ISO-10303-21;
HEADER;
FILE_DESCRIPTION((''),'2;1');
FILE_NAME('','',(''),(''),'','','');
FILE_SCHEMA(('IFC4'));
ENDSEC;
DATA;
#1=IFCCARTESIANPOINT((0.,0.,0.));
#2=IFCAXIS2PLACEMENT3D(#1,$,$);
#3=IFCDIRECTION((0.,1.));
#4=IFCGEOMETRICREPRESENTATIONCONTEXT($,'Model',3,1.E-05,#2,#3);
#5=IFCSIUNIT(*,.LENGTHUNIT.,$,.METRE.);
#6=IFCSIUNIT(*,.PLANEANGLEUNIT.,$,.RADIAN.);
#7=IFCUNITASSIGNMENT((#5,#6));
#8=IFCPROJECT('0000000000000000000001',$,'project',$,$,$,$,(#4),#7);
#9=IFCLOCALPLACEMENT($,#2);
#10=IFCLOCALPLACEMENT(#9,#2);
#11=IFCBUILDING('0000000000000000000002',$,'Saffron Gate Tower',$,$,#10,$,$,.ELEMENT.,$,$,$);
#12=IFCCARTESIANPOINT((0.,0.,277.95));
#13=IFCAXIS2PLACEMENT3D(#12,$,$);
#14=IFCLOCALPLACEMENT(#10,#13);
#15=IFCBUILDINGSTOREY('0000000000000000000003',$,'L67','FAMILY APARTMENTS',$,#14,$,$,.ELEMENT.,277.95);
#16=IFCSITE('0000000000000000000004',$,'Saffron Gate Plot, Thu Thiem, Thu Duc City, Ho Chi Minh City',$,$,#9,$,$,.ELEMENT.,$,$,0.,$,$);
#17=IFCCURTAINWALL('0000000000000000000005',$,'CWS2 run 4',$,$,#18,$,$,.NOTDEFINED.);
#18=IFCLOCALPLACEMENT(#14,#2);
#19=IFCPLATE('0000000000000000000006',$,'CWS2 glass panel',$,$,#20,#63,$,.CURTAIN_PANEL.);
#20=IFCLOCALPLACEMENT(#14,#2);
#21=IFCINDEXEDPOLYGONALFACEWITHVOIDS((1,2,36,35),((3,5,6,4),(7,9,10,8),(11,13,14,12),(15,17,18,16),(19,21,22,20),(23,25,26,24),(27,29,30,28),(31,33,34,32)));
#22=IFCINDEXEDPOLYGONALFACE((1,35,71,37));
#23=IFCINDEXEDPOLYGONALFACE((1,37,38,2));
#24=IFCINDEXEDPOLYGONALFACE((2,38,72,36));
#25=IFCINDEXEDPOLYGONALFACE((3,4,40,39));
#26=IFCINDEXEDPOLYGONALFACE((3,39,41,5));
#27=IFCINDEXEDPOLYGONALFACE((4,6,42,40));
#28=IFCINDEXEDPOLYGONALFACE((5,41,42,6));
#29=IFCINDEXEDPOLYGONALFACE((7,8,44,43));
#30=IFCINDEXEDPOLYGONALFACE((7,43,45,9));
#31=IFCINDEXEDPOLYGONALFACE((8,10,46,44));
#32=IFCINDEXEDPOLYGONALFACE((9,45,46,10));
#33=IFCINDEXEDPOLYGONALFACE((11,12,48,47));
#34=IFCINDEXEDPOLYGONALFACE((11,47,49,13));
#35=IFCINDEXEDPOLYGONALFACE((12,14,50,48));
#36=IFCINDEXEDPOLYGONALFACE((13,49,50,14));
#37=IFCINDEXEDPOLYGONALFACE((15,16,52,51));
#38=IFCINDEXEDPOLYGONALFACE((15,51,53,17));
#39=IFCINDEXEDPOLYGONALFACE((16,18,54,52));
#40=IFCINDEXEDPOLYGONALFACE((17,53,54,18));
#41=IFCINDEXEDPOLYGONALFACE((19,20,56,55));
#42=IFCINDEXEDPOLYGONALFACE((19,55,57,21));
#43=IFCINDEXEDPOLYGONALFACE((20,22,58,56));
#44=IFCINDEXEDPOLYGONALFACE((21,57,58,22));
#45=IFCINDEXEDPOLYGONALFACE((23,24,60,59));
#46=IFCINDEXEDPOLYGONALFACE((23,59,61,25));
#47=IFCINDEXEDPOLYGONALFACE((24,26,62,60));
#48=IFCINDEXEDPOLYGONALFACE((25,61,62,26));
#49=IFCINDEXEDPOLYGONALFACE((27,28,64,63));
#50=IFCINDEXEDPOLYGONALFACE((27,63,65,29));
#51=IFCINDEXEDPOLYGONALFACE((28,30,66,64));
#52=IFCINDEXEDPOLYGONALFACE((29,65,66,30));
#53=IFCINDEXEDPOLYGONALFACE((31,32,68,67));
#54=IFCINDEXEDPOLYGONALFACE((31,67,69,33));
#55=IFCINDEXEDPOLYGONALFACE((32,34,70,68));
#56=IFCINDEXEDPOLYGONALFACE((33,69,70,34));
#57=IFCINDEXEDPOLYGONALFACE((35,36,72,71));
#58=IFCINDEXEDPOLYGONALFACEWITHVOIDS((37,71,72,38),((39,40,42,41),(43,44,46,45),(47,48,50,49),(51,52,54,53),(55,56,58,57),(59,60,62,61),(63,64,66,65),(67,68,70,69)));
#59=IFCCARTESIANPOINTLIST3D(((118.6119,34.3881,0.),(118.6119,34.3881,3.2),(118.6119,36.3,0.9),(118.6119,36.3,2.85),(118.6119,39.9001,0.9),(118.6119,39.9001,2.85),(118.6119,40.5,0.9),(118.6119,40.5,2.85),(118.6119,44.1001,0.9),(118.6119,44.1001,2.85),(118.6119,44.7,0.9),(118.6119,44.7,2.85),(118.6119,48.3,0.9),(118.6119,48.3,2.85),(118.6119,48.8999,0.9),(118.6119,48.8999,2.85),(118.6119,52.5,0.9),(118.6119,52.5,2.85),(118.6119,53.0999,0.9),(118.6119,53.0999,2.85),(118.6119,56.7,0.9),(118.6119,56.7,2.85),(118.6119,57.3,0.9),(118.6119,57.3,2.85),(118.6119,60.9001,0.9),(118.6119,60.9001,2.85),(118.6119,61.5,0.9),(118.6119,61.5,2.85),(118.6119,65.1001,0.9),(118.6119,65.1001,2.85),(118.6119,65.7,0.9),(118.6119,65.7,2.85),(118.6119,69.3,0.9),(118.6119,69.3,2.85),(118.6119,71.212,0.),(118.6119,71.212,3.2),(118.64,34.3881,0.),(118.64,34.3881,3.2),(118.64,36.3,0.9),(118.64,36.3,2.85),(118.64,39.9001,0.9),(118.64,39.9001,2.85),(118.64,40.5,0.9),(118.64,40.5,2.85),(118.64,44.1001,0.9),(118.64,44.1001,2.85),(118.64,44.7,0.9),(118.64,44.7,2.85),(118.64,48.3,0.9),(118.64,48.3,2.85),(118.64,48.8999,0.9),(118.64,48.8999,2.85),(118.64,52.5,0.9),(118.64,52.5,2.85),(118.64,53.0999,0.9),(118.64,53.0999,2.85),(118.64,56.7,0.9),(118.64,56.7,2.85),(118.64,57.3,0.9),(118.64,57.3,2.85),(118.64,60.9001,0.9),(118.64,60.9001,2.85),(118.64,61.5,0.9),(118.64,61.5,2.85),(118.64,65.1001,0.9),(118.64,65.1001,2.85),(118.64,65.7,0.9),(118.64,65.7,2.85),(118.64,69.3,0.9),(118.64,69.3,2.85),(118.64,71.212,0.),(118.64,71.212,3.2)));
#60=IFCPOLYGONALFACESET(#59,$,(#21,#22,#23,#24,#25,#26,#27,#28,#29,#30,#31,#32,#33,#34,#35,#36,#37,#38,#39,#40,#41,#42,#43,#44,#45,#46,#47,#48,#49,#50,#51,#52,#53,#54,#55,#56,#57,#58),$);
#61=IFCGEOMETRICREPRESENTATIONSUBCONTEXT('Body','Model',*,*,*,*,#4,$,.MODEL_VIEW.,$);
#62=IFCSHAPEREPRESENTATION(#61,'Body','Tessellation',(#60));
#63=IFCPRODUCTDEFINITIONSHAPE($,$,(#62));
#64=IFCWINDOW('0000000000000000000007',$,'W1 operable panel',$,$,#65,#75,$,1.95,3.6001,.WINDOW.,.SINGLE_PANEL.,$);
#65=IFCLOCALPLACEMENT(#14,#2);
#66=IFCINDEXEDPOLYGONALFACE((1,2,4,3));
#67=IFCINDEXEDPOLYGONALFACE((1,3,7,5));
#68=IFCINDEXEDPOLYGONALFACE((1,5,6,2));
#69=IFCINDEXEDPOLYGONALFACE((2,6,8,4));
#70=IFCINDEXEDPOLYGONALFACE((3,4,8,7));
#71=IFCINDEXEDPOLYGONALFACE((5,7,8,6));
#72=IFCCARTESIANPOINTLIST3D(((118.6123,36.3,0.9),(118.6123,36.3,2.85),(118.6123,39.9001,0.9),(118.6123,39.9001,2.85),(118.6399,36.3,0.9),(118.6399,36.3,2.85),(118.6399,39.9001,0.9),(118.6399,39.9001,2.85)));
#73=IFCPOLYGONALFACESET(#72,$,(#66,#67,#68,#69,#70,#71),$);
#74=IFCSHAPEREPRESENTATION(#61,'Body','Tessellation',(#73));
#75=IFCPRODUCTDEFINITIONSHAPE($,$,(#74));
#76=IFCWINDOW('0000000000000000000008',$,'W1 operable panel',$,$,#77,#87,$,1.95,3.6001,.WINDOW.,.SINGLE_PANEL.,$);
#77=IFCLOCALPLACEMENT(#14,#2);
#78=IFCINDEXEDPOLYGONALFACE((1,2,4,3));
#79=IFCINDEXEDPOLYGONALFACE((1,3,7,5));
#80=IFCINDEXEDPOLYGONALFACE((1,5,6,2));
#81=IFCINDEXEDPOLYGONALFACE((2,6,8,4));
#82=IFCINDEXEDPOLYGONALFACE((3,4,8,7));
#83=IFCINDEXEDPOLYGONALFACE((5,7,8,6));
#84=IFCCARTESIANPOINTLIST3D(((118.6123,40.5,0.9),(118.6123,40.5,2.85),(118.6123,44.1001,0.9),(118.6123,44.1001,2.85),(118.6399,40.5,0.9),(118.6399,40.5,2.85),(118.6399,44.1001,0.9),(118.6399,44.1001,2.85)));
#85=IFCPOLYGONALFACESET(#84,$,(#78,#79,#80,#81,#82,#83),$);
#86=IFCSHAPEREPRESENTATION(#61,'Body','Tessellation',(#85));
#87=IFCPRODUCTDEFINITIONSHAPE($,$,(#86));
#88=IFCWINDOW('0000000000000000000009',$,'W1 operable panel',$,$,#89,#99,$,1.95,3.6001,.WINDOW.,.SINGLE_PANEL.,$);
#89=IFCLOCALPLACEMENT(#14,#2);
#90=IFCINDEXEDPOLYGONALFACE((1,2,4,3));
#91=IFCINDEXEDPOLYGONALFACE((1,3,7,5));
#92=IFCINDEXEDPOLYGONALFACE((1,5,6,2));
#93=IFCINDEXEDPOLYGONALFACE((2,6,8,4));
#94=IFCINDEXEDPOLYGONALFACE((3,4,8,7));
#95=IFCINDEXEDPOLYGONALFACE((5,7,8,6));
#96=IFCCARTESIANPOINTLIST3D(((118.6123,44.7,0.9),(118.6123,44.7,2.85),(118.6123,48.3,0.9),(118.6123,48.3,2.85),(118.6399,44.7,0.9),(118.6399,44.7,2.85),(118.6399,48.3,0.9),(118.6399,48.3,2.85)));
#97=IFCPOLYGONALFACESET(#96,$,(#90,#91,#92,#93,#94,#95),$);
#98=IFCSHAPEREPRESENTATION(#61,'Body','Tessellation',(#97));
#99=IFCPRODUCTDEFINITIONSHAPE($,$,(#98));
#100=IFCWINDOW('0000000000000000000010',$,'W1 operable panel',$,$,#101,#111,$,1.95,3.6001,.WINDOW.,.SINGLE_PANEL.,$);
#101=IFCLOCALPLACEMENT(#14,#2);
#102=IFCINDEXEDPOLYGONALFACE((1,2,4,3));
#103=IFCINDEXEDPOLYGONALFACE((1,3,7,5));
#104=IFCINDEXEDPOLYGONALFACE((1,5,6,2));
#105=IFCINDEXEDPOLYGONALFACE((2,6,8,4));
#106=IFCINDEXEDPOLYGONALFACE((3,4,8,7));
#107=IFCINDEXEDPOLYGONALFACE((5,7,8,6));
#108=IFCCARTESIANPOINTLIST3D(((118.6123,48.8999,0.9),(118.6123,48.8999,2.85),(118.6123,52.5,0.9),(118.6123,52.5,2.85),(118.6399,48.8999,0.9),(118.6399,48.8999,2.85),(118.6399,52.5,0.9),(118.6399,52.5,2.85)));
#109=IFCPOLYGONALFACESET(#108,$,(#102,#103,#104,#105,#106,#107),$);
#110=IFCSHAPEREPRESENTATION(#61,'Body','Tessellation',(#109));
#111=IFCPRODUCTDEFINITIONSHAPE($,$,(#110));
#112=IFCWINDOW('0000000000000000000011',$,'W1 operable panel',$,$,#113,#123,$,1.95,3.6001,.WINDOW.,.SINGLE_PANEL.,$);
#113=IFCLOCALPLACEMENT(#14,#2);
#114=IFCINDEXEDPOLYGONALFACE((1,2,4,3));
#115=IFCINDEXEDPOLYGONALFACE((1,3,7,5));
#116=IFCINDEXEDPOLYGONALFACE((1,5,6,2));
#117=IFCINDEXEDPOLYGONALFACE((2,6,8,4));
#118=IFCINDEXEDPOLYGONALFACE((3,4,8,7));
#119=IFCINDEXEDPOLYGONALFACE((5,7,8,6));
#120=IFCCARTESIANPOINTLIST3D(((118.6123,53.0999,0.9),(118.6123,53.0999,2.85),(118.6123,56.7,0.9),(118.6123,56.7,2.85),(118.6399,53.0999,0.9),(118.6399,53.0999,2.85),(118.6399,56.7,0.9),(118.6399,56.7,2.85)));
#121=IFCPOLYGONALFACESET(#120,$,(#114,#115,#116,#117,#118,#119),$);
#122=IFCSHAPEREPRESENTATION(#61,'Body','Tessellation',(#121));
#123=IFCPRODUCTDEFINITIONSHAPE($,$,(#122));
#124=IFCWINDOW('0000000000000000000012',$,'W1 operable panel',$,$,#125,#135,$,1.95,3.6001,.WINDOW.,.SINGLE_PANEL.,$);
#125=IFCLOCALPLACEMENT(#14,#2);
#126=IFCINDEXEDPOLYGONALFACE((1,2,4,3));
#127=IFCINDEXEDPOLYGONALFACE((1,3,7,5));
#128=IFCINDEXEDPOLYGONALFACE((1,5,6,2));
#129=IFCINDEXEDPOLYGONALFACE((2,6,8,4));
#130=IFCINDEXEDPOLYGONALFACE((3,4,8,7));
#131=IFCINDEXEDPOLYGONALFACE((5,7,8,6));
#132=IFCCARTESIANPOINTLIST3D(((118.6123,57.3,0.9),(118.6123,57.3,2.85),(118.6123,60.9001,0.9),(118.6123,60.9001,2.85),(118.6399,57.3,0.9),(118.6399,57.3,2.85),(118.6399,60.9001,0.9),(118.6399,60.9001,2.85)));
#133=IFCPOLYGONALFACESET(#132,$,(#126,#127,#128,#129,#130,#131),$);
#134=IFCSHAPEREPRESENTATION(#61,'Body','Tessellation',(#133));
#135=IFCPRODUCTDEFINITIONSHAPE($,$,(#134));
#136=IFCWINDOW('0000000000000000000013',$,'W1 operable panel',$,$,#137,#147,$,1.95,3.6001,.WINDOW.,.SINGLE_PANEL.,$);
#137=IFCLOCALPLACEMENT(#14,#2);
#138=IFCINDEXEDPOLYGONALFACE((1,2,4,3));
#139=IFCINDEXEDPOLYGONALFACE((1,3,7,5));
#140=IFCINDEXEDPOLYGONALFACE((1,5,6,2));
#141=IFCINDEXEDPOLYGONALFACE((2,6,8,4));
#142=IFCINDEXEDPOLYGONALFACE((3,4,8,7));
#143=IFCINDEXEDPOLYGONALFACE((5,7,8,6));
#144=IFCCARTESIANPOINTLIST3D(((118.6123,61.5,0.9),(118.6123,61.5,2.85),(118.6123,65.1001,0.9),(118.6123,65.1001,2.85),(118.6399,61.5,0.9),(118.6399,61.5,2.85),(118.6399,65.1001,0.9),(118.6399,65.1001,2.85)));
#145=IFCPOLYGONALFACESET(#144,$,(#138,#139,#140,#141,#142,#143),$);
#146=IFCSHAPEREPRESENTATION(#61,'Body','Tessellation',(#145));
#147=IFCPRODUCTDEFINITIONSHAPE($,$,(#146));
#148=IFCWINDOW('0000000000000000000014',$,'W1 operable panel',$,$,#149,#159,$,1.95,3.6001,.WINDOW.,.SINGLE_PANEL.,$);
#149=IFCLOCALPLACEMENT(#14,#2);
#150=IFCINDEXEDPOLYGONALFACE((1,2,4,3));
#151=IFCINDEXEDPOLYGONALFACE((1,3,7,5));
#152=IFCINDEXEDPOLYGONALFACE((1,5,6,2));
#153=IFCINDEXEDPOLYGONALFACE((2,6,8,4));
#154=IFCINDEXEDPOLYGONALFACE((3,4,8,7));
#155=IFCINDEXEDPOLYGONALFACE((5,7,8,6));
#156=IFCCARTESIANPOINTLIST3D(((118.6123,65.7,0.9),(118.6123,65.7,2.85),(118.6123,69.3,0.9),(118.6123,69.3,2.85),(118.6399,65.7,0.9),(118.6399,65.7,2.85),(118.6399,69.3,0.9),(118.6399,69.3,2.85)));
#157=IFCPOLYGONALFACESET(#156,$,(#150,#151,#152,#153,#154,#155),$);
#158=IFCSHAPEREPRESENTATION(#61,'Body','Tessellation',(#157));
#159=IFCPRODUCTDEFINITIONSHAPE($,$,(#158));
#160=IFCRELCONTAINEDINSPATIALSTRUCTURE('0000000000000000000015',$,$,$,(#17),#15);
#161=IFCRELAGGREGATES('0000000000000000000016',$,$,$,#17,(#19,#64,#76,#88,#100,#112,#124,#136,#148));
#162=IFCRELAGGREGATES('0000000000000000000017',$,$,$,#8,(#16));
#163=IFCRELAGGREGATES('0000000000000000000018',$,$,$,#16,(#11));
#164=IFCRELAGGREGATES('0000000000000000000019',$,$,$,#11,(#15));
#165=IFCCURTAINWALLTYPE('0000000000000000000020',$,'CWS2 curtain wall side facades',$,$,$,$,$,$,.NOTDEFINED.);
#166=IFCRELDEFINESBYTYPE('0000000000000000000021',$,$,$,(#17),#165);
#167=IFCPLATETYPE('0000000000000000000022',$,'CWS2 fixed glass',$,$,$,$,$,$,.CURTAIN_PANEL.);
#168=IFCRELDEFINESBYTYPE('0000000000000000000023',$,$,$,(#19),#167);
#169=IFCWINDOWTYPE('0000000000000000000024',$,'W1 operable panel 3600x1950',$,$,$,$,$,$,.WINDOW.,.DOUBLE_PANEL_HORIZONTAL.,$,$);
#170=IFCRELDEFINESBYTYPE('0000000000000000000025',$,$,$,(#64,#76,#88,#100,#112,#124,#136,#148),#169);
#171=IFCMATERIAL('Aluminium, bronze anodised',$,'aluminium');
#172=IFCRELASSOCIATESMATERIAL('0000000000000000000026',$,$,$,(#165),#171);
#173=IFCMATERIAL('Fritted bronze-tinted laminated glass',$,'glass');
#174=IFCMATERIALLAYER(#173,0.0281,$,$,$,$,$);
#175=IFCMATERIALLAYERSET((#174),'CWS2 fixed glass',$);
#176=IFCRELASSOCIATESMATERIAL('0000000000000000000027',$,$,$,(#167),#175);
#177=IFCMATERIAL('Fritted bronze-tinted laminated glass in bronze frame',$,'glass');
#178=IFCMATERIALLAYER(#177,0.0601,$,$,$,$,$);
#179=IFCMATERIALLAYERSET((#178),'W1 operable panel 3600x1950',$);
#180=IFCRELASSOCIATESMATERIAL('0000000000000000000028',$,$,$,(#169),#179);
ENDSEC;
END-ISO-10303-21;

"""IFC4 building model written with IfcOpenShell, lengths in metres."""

from ifc_helpers import new_model, si_unit, direction, frame, frame_2d, origin, place, context, subcontext, project, spatial, rectangle, extrude, material, layer, layer_set, type_object, element, fill, aggregate, save


model = new_model("IFC4")

# Units and contexts
model_context = context("Model", 3, precision=1e-05, world=origin(), true_north=direction((0.0, 1.0)))
body_context = subcontext(model_context, "Body", "Model", "MODEL_VIEW")
ifc_project = project(units=[si_unit("LENGTHUNIT", "METRE"), si_unit("PLANEANGLEUNIT", "RADIAN")], contexts=[model_context])

# Site, building, storey
site_placement = place(None, origin())
site = spatial("IfcSite", under=ifc_project, at=site_placement, Name="Saffron Gate Plot, Thu Thiem, Thu Duc City, Ho Chi Minh City", CompositionType="ELEMENT", RefElevation=0.0)
building_placement = place(site_placement, origin())
building = spatial("IfcBuilding", under=site, at=building_placement, Name="Saffron Gate Tower", CompositionType="ELEMENT")
storey_placement = place(building_placement, frame((0.0, 0.0, 277.95)))
storey = spatial("IfcBuildingStorey", under=building, at=storey_placement, Name="L67", Description="FAMILY APARTMENTS", CompositionType="ELEMENT", Elevation=277.95)

# Curtain wall, plate, openings, windows
ifc_material_1 = material(Name="Aluminium, bronze anodised", Category="aluminium")
curtain_wall_type = type_object("IfcCurtainWallType", Name="CWS2 curtain wall side facades", PredefinedType="NOTDEFINED", material=ifc_material_1)
curtain_wall_placement = place(storey_placement, origin())
curtain_wall = element("IfcCurtainWall", 1, at=curtain_wall_placement, inside=storey, type_object=curtain_wall_type, Name="CWS2 run 4", PredefinedType="NOTDEFINED")
ifc_material_2 = material(Name="Fritted bronze-tinted laminated glass", Category="glass")
ifc_layer_1 = layer(ifc_material_2, 0.0281)
ifc_layer_set_1 = layer_set([ifc_layer_1], Name="CWS2 fixed glass")
plate_type = type_object("IfcPlateType", Name="CWS2 fixed glass", PredefinedType="CURTAIN_PANEL", material=ifc_layer_set_1)
plate_placement = place(storey_placement, frame((118.626, 34.3879, 0.0), z_axis=(0.0, 0.0, 1.0), x_axis=(0.0, 1.0, 0.0)))
plate = element("IfcPlate", 2, at=plate_placement, type_object=plate_type, Name="CWS2 glass panel", PredefinedType="CURTAIN_PANEL", context=body_context, shape_type="SweptSolid", body=[
    extrude(rectangle(XDim=36.824, YDim=0.0281, at=frame_2d((18.4121, 0.0))), origin(), (0.0, 0.0, 1.0), 3.2),
])
opening_1_placement = place(plate_placement, frame((1.9121, 0.0, 0.8999)))
opening_1 = element("IfcOpeningElement", 3, at=opening_1_placement, cuts=plate, PredefinedType="OPENING", context=body_context, shape_type="SweptSolid", body=[
    extrude(rectangle(XDim=3.6001, YDim=1.95, at=frame_2d((1.8, 0.9751))), frame((0.0, 0.0239, 0.0), z_axis=(0.0, -1.0, 0.0), x_axis=(1.0, 0.0, 0.0)), (0.0, 0.0, 1.0), 0.0481),
])
opening_2_placement = place(plate_placement, frame((6.1121, 0.0, 0.8999)))
opening_2 = element("IfcOpeningElement", 4, at=opening_2_placement, cuts=plate, PredefinedType="OPENING", context=body_context, shape_type="SweptSolid", body=[
    extrude(rectangle(XDim=3.6001, YDim=1.95, at=frame_2d((1.8, 0.9751))), frame((0.0, 0.0239, 0.0), z_axis=(0.0, -1.0, 0.0), x_axis=(1.0, 0.0, 0.0)), (0.0, 0.0, 1.0), 0.0481),
])
opening_3_placement = place(plate_placement, frame((10.312, 0.0, 0.8999)))
opening_3 = element("IfcOpeningElement", 5, at=opening_3_placement, cuts=plate, PredefinedType="OPENING", context=body_context, shape_type="SweptSolid", body=[
    extrude(rectangle(XDim=3.6001, YDim=1.95, at=frame_2d((1.8, 0.9751))), frame((0.0, 0.0239, 0.0), z_axis=(0.0, -1.0, 0.0), x_axis=(1.0, 0.0, 0.0)), (0.0, 0.0, 1.0), 0.0481),
])
opening_4_placement = place(plate_placement, frame((14.512, 0.0, 0.8999)))
opening_4 = element("IfcOpeningElement", 6, at=opening_4_placement, cuts=plate, PredefinedType="OPENING", context=body_context, shape_type="SweptSolid", body=[
    extrude(rectangle(XDim=3.6001, YDim=1.95, at=frame_2d((1.8, 0.9751))), frame((0.0, 0.0239, 0.0), z_axis=(0.0, -1.0, 0.0), x_axis=(1.0, 0.0, 0.0)), (0.0, 0.0, 1.0), 0.0481),
])
opening_5_placement = place(plate_placement, frame((18.7119, 0.0, 0.8999)))
opening_5 = element("IfcOpeningElement", 7, at=opening_5_placement, cuts=plate, PredefinedType="OPENING", context=body_context, shape_type="SweptSolid", body=[
    extrude(rectangle(XDim=3.6001, YDim=1.95, at=frame_2d((1.8, 0.9751))), frame((0.0, 0.0239, 0.0), z_axis=(0.0, -1.0, 0.0), x_axis=(1.0, 0.0, 0.0)), (0.0, 0.0, 1.0), 0.0481),
])
opening_6_placement = place(plate_placement, frame((22.9121, 0.0, 0.8999)))
opening_6 = element("IfcOpeningElement", 8, at=opening_6_placement, cuts=plate, PredefinedType="OPENING", context=body_context, shape_type="SweptSolid", body=[
    extrude(rectangle(XDim=3.6001, YDim=1.95, at=frame_2d((1.8, 0.9751))), frame((0.0, 0.0239, 0.0), z_axis=(0.0, -1.0, 0.0), x_axis=(1.0, 0.0, 0.0)), (0.0, 0.0, 1.0), 0.0481),
])
opening_7_placement = place(plate_placement, frame((27.1121, 0.0, 0.8999)))
opening_7 = element("IfcOpeningElement", 9, at=opening_7_placement, cuts=plate, PredefinedType="OPENING", context=body_context, shape_type="SweptSolid", body=[
    extrude(rectangle(XDim=3.6001, YDim=1.95, at=frame_2d((1.8, 0.9751))), frame((0.0, 0.0239, 0.0), z_axis=(0.0, -1.0, 0.0), x_axis=(1.0, 0.0, 0.0)), (0.0, 0.0, 1.0), 0.0481),
])
opening_8_placement = place(plate_placement, frame((31.312, 0.0, 0.8999)))
opening_8 = element("IfcOpeningElement", 10, at=opening_8_placement, cuts=plate, PredefinedType="OPENING", context=body_context, shape_type="SweptSolid", body=[
    extrude(rectangle(XDim=3.6001, YDim=1.95, at=frame_2d((1.8, 0.9751))), frame((0.0, 0.0239, 0.0), z_axis=(0.0, -1.0, 0.0), x_axis=(1.0, 0.0, 0.0)), (0.0, 0.0, 1.0), 0.0481),
])
ifc_material_3 = material(Name="Fritted bronze-tinted laminated glass in bronze frame", Category="glass")
ifc_layer_2 = layer(ifc_material_3, 0.0601)
ifc_layer_set_2 = layer_set([ifc_layer_2], Name="W1 operable panel 3600x1950")
window_type = type_object("IfcWindowType", Name="W1 operable panel 3600x1950", PartitioningType="DOUBLE_PANEL_HORIZONTAL", PredefinedType="WINDOW", material=ifc_layer_set_2)
window_1_placement = place(opening_1_placement, origin())
window_1 = element("IfcWindow", 11, at=window_1_placement, type_object=window_type, Name="W1 operable panel", OverallHeight=1.95, OverallWidth=3.6001, PartitioningType="SINGLE_PANEL", PredefinedType="WINDOW", context=body_context, shape_type="SweptSolid", body=[
    extrude(rectangle(XDim=3.6001, YDim=1.95, at=frame_2d((1.8, 0.9751))), frame((0.0, 0.0137, 0.0), z_axis=(0.0, -1.0, 0.0), x_axis=(1.0, 0.0, 0.0)), (0.0, 0.0, 1.0), 0.0276),
])
fill(opening_1, window_1)
window_2_placement = place(opening_2_placement, origin())
window_2 = element("IfcWindow", 12, at=window_2_placement, type_object=window_type, Name="W1 operable panel", OverallHeight=1.95, OverallWidth=3.6001, PartitioningType="SINGLE_PANEL", PredefinedType="WINDOW", context=body_context, shape_type="SweptSolid", body=[
    extrude(rectangle(XDim=3.6001, YDim=1.95, at=frame_2d((1.8, 0.9751))), frame((0.0, 0.0137, 0.0), z_axis=(0.0, -1.0, 0.0), x_axis=(1.0, 0.0, 0.0)), (0.0, 0.0, 1.0), 0.0276),
])
fill(opening_2, window_2)
window_3_placement = place(opening_3_placement, origin())
window_3 = element("IfcWindow", 13, at=window_3_placement, type_object=window_type, Name="W1 operable panel", OverallHeight=1.95, OverallWidth=3.6001, PartitioningType="SINGLE_PANEL", PredefinedType="WINDOW", context=body_context, shape_type="SweptSolid", body=[
    extrude(rectangle(XDim=3.6001, YDim=1.95, at=frame_2d((1.8, 0.9751))), frame((0.0, 0.0137, 0.0), z_axis=(0.0, -1.0, 0.0), x_axis=(1.0, 0.0, 0.0)), (0.0, 0.0, 1.0), 0.0276),
])
fill(opening_3, window_3)
window_4_placement = place(opening_4_placement, origin())
window_4 = element("IfcWindow", 14, at=window_4_placement, type_object=window_type, Name="W1 operable panel", OverallHeight=1.95, OverallWidth=3.6001, PartitioningType="SINGLE_PANEL", PredefinedType="WINDOW", context=body_context, shape_type="SweptSolid", body=[
    extrude(rectangle(XDim=3.6001, YDim=1.95, at=frame_2d((1.8, 0.9751))), frame((0.0, 0.0137, 0.0), z_axis=(0.0, -1.0, 0.0), x_axis=(1.0, 0.0, 0.0)), (0.0, 0.0, 1.0), 0.0276),
])
fill(opening_4, window_4)
window_5_placement = place(opening_5_placement, origin())
window_5 = element("IfcWindow", 15, at=window_5_placement, type_object=window_type, Name="W1 operable panel", OverallHeight=1.95, OverallWidth=3.6001, PartitioningType="SINGLE_PANEL", PredefinedType="WINDOW", context=body_context, shape_type="SweptSolid", body=[
    extrude(rectangle(XDim=3.6001, YDim=1.95, at=frame_2d((1.8, 0.9751))), frame((0.0, 0.0137, 0.0), z_axis=(0.0, -1.0, 0.0), x_axis=(1.0, 0.0, 0.0)), (0.0, 0.0, 1.0), 0.0276),
])
fill(opening_5, window_5)
window_6_placement = place(opening_6_placement, origin())
window_6 = element("IfcWindow", 16, at=window_6_placement, type_object=window_type, Name="W1 operable panel", OverallHeight=1.95, OverallWidth=3.6001, PartitioningType="SINGLE_PANEL", PredefinedType="WINDOW", context=body_context, shape_type="SweptSolid", body=[
    extrude(rectangle(XDim=3.6001, YDim=1.95, at=frame_2d((1.8, 0.9751))), frame((0.0, 0.0137, 0.0), z_axis=(0.0, -1.0, 0.0), x_axis=(1.0, 0.0, 0.0)), (0.0, 0.0, 1.0), 0.0276),
])
fill(opening_6, window_6)
window_7_placement = place(opening_7_placement, origin())
window_7 = element("IfcWindow", 17, at=window_7_placement, type_object=window_type, Name="W1 operable panel", OverallHeight=1.95, OverallWidth=3.6001, PartitioningType="SINGLE_PANEL", PredefinedType="WINDOW", context=body_context, shape_type="SweptSolid", body=[
    extrude(rectangle(XDim=3.6001, YDim=1.95, at=frame_2d((1.8, 0.9751))), frame((0.0, 0.0137, 0.0), z_axis=(0.0, -1.0, 0.0), x_axis=(1.0, 0.0, 0.0)), (0.0, 0.0, 1.0), 0.0276),
])
fill(opening_7, window_7)
window_8_placement = place(opening_8_placement, origin())
window_8 = element("IfcWindow", 18, at=window_8_placement, type_object=window_type, Name="W1 operable panel", OverallHeight=1.95, OverallWidth=3.6001, PartitioningType="SINGLE_PANEL", PredefinedType="WINDOW", context=body_context, shape_type="SweptSolid", body=[
    extrude(rectangle(XDim=3.6001, YDim=1.95, at=frame_2d((1.8, 0.9751))), frame((0.0, 0.0137, 0.0), z_axis=(0.0, -1.0, 0.0), x_axis=(1.0, 0.0, 0.0)), (0.0, 0.0, 1.0), 0.0276),
])
fill(opening_8, window_8)
aggregate(curtain_wall, [plate, window_1, window_2, window_3, window_4, window_5, window_6, window_7, window_8])

save(model, "model.ifc")
